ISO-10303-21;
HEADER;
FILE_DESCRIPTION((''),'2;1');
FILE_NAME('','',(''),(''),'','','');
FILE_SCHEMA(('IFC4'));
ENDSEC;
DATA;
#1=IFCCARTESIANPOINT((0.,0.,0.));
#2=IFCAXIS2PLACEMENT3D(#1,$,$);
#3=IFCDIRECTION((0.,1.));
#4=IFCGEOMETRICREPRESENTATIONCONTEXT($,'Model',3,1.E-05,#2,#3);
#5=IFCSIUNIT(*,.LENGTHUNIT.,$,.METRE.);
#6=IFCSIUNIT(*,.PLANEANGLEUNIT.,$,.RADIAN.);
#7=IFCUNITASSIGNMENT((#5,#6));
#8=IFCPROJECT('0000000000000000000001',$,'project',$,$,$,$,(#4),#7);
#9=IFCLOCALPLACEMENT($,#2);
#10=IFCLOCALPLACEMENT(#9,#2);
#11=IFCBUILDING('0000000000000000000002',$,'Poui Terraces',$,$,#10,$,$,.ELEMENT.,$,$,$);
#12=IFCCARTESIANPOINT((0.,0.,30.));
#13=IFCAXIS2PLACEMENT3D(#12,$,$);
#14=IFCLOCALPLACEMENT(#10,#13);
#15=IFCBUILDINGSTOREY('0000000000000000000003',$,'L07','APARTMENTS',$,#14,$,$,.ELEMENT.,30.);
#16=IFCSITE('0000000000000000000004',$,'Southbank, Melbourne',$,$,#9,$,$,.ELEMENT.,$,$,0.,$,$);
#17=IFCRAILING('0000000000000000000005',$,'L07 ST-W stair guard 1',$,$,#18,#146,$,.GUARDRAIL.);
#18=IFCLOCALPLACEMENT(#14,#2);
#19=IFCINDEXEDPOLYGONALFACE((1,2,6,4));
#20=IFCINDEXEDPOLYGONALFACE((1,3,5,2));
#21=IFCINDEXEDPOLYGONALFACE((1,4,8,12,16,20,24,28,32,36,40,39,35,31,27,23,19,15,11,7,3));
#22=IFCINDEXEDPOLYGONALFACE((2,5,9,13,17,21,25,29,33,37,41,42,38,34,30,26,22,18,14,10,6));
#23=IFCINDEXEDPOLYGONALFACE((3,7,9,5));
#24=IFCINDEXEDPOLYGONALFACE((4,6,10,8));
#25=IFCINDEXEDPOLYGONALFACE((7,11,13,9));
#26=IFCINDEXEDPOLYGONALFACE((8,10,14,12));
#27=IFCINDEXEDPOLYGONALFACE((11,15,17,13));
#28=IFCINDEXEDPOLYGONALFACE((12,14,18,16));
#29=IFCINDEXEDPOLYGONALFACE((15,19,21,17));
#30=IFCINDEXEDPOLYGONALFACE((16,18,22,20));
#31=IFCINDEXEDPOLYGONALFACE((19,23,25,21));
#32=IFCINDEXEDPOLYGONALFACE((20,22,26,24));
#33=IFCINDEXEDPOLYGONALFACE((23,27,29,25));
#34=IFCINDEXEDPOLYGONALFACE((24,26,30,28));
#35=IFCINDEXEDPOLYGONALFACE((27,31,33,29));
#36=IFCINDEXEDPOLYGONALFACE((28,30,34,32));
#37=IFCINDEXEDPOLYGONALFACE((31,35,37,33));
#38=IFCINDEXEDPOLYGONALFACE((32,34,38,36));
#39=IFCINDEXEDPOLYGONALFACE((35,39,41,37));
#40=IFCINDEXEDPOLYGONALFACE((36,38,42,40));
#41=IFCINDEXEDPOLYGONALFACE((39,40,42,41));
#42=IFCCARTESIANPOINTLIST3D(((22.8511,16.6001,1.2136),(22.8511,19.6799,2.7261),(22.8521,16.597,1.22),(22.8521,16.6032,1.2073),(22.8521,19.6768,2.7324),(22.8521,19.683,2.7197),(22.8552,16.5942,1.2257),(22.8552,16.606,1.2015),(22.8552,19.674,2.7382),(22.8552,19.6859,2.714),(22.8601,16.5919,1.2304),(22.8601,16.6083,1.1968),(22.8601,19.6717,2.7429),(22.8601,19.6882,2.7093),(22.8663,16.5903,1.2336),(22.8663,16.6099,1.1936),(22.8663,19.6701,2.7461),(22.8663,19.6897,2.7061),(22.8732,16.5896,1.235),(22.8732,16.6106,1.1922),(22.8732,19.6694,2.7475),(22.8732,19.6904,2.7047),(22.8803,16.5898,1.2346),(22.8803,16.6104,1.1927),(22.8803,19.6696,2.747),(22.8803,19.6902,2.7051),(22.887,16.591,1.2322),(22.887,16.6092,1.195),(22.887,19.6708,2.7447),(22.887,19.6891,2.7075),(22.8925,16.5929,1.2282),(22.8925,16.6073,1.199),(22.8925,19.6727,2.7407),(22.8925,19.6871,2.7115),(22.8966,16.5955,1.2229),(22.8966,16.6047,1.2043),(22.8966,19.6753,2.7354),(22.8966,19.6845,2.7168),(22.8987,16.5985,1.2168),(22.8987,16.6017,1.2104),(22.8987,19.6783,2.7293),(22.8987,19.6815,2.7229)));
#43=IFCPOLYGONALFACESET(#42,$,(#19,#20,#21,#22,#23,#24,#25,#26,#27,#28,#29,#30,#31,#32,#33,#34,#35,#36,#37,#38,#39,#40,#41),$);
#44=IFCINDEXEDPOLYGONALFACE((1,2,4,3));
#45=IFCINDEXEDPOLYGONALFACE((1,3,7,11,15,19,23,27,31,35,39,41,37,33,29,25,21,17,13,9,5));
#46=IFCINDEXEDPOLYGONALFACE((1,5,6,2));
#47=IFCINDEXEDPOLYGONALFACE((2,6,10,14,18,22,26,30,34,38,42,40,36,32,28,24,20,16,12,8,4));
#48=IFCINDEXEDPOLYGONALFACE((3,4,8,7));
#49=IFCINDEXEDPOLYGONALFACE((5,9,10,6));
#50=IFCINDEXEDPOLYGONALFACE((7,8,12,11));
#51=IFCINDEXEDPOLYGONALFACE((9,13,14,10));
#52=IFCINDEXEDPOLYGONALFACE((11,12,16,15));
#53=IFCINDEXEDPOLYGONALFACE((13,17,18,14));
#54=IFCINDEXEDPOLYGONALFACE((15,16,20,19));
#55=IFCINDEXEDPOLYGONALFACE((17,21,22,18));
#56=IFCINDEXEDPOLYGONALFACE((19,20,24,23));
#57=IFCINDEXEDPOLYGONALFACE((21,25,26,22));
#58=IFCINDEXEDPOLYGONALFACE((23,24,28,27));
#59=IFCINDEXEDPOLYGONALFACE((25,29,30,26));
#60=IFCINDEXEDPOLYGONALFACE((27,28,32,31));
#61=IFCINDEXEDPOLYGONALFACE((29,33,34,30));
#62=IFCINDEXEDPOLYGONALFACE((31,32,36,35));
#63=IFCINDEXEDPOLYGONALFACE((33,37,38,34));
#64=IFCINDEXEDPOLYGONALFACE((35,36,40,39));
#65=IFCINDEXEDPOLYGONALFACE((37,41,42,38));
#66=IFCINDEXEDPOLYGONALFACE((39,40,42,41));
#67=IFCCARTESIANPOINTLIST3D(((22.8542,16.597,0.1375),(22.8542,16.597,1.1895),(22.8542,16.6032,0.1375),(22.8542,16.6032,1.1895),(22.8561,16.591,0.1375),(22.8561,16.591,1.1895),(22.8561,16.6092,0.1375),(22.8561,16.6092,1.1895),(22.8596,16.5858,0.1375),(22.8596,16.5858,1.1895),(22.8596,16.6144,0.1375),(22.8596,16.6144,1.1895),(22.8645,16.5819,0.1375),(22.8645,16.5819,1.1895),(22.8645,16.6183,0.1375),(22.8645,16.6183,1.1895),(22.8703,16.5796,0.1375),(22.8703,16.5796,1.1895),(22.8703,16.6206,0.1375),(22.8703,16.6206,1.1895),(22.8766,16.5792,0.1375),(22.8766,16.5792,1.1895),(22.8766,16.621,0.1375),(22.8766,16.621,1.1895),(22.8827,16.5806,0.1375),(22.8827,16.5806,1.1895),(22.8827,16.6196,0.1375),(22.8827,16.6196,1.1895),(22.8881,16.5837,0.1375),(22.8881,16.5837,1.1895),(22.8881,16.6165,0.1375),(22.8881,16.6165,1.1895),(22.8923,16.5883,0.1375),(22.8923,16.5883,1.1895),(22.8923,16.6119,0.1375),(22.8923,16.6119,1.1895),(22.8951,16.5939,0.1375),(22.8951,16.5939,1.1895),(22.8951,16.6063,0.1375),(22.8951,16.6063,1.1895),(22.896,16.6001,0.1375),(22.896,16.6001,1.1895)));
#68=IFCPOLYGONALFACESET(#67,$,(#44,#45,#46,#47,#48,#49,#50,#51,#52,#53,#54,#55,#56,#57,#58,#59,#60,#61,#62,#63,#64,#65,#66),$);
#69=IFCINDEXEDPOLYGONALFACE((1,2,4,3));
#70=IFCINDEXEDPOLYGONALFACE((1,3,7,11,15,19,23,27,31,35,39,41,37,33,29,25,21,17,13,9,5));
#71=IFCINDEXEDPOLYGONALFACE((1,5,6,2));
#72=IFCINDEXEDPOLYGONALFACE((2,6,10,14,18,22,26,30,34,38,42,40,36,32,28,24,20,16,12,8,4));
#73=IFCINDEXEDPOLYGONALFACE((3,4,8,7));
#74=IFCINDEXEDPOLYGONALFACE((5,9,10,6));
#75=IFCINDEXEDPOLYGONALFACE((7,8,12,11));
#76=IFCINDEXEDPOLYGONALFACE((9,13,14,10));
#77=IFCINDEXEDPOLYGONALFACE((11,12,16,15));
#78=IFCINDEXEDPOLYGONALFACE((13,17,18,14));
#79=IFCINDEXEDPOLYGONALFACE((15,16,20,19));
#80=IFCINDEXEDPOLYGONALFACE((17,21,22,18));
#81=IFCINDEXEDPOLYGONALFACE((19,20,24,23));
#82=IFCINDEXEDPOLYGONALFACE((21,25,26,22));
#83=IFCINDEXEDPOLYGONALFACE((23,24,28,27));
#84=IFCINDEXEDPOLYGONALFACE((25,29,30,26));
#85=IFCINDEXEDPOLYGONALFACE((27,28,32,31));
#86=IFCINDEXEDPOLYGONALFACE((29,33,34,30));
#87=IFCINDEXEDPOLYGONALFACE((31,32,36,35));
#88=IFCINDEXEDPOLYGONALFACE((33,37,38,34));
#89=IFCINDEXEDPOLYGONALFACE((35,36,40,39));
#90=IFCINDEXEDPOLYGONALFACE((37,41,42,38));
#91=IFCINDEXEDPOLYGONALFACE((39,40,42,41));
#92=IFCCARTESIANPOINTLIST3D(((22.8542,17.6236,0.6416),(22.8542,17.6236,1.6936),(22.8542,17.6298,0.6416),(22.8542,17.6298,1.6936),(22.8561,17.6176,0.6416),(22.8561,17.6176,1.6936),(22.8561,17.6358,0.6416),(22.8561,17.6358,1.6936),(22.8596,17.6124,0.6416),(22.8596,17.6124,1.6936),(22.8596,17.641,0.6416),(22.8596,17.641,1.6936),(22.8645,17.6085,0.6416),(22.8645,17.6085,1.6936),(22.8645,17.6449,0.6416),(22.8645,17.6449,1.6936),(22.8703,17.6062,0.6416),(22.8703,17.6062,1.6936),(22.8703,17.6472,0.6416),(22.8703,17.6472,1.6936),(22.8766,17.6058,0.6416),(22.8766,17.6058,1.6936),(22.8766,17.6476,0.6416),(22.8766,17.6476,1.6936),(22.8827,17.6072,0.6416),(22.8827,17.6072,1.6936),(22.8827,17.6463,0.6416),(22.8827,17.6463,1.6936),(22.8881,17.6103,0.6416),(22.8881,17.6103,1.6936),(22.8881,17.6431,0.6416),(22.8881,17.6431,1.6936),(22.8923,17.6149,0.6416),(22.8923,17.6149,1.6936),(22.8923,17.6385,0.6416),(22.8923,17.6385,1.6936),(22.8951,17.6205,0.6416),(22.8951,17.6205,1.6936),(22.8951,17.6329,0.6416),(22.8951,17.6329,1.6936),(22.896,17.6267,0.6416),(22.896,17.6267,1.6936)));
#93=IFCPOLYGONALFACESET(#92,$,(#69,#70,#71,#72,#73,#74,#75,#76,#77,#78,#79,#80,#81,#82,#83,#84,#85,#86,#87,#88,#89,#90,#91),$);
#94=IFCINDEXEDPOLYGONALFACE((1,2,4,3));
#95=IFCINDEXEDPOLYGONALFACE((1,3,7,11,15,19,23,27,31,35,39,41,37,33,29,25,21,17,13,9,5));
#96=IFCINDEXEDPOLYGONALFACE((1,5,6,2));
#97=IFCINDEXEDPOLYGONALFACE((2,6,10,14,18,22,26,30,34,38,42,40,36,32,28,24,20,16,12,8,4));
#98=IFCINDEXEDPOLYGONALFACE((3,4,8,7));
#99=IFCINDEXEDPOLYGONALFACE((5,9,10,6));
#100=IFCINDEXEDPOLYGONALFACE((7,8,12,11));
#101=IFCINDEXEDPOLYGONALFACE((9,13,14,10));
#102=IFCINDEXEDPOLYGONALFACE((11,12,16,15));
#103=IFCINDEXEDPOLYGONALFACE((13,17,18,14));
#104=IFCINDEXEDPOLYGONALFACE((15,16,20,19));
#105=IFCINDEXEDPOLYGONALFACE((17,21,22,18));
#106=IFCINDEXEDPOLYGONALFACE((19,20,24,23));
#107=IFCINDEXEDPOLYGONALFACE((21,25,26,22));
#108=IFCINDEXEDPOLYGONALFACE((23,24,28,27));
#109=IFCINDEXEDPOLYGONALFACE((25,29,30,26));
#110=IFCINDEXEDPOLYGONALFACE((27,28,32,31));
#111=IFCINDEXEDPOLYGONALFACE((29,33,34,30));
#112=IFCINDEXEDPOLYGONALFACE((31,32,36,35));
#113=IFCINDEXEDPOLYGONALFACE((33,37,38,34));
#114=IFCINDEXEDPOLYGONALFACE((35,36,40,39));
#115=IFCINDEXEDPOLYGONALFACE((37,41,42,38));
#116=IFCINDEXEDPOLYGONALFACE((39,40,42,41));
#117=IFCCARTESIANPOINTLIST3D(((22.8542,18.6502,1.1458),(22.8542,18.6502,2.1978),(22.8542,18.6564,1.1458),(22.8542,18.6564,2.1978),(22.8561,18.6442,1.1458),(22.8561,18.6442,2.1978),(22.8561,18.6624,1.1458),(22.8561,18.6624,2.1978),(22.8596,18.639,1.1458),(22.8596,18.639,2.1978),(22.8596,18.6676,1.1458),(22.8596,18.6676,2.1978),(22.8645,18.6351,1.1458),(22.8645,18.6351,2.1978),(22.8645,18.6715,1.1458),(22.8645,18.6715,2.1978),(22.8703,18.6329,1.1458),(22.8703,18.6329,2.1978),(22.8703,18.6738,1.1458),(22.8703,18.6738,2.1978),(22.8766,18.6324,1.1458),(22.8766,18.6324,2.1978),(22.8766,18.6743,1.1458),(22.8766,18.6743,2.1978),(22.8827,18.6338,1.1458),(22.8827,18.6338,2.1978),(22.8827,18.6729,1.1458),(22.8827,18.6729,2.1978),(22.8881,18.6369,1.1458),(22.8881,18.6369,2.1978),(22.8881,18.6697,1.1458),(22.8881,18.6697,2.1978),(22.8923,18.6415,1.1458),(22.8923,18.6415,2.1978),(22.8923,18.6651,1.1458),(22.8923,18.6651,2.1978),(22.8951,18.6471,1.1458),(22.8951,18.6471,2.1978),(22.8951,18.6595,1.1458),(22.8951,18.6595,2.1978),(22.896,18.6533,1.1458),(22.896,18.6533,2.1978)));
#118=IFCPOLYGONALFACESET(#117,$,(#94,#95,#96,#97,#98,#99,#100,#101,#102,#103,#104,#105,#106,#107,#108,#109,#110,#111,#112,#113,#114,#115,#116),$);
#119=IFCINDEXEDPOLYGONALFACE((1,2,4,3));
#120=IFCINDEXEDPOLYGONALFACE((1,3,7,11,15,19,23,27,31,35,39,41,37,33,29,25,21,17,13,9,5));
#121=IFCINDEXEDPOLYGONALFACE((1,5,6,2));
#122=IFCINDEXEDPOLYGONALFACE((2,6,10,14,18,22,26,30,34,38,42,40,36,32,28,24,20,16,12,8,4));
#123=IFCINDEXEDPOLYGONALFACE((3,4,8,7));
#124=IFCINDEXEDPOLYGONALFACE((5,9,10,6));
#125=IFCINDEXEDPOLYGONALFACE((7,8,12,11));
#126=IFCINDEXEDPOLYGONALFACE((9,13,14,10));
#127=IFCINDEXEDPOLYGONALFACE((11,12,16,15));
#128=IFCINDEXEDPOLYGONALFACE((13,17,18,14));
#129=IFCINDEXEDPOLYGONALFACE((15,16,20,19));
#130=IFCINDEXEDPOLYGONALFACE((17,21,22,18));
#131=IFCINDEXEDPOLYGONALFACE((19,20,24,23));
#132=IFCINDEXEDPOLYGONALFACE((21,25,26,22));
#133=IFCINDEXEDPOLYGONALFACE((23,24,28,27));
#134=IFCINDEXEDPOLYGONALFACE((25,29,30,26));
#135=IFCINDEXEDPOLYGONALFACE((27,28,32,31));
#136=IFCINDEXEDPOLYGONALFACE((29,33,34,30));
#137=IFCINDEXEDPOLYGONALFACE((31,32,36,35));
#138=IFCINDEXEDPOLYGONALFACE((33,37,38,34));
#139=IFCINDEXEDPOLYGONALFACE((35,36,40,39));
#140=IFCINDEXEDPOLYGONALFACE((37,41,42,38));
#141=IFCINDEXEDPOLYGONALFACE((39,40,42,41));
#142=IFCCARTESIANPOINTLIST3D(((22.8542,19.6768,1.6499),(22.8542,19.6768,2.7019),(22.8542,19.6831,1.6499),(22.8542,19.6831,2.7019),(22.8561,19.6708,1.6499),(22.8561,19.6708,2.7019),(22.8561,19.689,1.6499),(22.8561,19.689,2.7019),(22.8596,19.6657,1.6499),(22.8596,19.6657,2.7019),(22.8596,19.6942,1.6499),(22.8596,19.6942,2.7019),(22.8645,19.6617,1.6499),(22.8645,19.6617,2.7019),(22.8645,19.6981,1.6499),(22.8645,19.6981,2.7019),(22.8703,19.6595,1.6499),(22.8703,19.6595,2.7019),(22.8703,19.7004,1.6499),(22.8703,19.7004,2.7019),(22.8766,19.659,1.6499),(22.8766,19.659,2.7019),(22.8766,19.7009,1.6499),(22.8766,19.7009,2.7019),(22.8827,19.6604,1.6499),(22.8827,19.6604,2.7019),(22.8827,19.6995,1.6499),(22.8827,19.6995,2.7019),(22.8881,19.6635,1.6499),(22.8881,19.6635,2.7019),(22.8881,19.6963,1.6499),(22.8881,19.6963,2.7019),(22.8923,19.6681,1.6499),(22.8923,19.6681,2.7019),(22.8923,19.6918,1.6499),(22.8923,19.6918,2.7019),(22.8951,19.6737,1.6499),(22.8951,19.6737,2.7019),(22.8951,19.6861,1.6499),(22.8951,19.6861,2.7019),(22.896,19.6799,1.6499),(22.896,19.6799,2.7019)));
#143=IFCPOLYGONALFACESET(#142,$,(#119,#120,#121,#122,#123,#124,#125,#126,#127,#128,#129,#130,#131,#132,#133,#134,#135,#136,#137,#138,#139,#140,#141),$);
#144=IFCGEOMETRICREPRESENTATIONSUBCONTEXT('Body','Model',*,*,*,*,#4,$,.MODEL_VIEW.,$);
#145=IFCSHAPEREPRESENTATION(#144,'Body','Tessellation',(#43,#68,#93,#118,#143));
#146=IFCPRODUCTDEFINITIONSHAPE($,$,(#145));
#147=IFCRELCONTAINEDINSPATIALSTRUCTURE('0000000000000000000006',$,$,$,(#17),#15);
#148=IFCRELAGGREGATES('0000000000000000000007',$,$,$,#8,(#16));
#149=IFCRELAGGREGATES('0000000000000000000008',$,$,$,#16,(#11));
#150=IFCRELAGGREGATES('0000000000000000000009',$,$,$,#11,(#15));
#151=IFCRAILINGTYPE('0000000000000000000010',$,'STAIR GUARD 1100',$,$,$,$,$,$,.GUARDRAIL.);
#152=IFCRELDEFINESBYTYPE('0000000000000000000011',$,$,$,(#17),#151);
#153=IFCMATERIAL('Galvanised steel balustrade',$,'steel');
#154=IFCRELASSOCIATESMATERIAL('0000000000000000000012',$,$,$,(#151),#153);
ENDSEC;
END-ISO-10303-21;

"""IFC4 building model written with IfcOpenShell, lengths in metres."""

from ifc_helpers import new_model, si_unit, direction, frame, origin, origin_2d, place, context, subcontext, project, spatial, circle, extrude, material, type_object, element, save


model = new_model("IFC4")

# Units and contexts
model_context = context("Model", 3, precision=1e-05, world=origin(), true_north=direction((0.0, 1.0)))
body_context = subcontext(model_context, "Body", "Model", "MODEL_VIEW")
ifc_project = project(units=[si_unit("LENGTHUNIT", "METRE"), si_unit("PLANEANGLEUNIT", "RADIAN")], contexts=[model_context])

# Site, building, storey
site_placement = place(None, origin())
site = spatial("IfcSite", under=ifc_project, at=site_placement, Name="Southbank, Melbourne", CompositionType="ELEMENT", RefElevation=0.0)
building_placement = place(site_placement, origin())
building = spatial("IfcBuilding", under=site, at=building_placement, Name="Poui Terraces", CompositionType="ELEMENT")
storey_placement = place(building_placement, frame((0.0, 0.0, 30.0)))
storey = spatial("IfcBuildingStorey", under=building, at=storey_placement, Name="L07", Description="APARTMENTS", CompositionType="ELEMENT", Elevation=30.0)

# Railing
ifc_material_1 = material(Name="Galvanised steel balustrade", Category="steel")
railing_type_1 = type_object("IfcRailingType", Name="STAIR GUARD 1100", PredefinedType="GUARDRAIL", material=ifc_material_1)
railing_1_placement = place(storey_placement, frame((22.875, 16.6001, 0.1375)))
element("IfcRailing", 1, at=railing_1_placement, inside=storey, type_object=railing_type_1, Name="L07 ST-W stair guard 1", PredefinedType="GUARDRAIL", context=body_context, shape_type="SweptSolid", body=[
    extrude(circle(Radius=0.0239, at=origin_2d()), frame((0.0, 0.0, 1.0762), z_axis=(0.0, 0.897606, 0.440798), x_axis=(-1.0, 0.0, 0.0)), (0.0, 0.0, 1.0), 3.4312),
    extrude(circle(Radius=0.021, at=origin_2d()), origin(), (0.0, 0.0, 1.0), 1.052),
    extrude(circle(Radius=0.021, at=origin_2d()), frame((0.0, 1.0266, 0.5042)), (0.0, 0.0, 1.0), 1.052),
    extrude(circle(Radius=0.021, at=origin_2d()), frame((0.0, 2.0532, 1.0083)), (0.0, 0.0, 1.0), 1.052),
    extrude(circle(Radius=0.021, at=origin_2d()), frame((0.0, 3.0798, 1.5125)), (0.0, 0.0, 1.0), 1.052),
])

save(model, "model.ifc")
